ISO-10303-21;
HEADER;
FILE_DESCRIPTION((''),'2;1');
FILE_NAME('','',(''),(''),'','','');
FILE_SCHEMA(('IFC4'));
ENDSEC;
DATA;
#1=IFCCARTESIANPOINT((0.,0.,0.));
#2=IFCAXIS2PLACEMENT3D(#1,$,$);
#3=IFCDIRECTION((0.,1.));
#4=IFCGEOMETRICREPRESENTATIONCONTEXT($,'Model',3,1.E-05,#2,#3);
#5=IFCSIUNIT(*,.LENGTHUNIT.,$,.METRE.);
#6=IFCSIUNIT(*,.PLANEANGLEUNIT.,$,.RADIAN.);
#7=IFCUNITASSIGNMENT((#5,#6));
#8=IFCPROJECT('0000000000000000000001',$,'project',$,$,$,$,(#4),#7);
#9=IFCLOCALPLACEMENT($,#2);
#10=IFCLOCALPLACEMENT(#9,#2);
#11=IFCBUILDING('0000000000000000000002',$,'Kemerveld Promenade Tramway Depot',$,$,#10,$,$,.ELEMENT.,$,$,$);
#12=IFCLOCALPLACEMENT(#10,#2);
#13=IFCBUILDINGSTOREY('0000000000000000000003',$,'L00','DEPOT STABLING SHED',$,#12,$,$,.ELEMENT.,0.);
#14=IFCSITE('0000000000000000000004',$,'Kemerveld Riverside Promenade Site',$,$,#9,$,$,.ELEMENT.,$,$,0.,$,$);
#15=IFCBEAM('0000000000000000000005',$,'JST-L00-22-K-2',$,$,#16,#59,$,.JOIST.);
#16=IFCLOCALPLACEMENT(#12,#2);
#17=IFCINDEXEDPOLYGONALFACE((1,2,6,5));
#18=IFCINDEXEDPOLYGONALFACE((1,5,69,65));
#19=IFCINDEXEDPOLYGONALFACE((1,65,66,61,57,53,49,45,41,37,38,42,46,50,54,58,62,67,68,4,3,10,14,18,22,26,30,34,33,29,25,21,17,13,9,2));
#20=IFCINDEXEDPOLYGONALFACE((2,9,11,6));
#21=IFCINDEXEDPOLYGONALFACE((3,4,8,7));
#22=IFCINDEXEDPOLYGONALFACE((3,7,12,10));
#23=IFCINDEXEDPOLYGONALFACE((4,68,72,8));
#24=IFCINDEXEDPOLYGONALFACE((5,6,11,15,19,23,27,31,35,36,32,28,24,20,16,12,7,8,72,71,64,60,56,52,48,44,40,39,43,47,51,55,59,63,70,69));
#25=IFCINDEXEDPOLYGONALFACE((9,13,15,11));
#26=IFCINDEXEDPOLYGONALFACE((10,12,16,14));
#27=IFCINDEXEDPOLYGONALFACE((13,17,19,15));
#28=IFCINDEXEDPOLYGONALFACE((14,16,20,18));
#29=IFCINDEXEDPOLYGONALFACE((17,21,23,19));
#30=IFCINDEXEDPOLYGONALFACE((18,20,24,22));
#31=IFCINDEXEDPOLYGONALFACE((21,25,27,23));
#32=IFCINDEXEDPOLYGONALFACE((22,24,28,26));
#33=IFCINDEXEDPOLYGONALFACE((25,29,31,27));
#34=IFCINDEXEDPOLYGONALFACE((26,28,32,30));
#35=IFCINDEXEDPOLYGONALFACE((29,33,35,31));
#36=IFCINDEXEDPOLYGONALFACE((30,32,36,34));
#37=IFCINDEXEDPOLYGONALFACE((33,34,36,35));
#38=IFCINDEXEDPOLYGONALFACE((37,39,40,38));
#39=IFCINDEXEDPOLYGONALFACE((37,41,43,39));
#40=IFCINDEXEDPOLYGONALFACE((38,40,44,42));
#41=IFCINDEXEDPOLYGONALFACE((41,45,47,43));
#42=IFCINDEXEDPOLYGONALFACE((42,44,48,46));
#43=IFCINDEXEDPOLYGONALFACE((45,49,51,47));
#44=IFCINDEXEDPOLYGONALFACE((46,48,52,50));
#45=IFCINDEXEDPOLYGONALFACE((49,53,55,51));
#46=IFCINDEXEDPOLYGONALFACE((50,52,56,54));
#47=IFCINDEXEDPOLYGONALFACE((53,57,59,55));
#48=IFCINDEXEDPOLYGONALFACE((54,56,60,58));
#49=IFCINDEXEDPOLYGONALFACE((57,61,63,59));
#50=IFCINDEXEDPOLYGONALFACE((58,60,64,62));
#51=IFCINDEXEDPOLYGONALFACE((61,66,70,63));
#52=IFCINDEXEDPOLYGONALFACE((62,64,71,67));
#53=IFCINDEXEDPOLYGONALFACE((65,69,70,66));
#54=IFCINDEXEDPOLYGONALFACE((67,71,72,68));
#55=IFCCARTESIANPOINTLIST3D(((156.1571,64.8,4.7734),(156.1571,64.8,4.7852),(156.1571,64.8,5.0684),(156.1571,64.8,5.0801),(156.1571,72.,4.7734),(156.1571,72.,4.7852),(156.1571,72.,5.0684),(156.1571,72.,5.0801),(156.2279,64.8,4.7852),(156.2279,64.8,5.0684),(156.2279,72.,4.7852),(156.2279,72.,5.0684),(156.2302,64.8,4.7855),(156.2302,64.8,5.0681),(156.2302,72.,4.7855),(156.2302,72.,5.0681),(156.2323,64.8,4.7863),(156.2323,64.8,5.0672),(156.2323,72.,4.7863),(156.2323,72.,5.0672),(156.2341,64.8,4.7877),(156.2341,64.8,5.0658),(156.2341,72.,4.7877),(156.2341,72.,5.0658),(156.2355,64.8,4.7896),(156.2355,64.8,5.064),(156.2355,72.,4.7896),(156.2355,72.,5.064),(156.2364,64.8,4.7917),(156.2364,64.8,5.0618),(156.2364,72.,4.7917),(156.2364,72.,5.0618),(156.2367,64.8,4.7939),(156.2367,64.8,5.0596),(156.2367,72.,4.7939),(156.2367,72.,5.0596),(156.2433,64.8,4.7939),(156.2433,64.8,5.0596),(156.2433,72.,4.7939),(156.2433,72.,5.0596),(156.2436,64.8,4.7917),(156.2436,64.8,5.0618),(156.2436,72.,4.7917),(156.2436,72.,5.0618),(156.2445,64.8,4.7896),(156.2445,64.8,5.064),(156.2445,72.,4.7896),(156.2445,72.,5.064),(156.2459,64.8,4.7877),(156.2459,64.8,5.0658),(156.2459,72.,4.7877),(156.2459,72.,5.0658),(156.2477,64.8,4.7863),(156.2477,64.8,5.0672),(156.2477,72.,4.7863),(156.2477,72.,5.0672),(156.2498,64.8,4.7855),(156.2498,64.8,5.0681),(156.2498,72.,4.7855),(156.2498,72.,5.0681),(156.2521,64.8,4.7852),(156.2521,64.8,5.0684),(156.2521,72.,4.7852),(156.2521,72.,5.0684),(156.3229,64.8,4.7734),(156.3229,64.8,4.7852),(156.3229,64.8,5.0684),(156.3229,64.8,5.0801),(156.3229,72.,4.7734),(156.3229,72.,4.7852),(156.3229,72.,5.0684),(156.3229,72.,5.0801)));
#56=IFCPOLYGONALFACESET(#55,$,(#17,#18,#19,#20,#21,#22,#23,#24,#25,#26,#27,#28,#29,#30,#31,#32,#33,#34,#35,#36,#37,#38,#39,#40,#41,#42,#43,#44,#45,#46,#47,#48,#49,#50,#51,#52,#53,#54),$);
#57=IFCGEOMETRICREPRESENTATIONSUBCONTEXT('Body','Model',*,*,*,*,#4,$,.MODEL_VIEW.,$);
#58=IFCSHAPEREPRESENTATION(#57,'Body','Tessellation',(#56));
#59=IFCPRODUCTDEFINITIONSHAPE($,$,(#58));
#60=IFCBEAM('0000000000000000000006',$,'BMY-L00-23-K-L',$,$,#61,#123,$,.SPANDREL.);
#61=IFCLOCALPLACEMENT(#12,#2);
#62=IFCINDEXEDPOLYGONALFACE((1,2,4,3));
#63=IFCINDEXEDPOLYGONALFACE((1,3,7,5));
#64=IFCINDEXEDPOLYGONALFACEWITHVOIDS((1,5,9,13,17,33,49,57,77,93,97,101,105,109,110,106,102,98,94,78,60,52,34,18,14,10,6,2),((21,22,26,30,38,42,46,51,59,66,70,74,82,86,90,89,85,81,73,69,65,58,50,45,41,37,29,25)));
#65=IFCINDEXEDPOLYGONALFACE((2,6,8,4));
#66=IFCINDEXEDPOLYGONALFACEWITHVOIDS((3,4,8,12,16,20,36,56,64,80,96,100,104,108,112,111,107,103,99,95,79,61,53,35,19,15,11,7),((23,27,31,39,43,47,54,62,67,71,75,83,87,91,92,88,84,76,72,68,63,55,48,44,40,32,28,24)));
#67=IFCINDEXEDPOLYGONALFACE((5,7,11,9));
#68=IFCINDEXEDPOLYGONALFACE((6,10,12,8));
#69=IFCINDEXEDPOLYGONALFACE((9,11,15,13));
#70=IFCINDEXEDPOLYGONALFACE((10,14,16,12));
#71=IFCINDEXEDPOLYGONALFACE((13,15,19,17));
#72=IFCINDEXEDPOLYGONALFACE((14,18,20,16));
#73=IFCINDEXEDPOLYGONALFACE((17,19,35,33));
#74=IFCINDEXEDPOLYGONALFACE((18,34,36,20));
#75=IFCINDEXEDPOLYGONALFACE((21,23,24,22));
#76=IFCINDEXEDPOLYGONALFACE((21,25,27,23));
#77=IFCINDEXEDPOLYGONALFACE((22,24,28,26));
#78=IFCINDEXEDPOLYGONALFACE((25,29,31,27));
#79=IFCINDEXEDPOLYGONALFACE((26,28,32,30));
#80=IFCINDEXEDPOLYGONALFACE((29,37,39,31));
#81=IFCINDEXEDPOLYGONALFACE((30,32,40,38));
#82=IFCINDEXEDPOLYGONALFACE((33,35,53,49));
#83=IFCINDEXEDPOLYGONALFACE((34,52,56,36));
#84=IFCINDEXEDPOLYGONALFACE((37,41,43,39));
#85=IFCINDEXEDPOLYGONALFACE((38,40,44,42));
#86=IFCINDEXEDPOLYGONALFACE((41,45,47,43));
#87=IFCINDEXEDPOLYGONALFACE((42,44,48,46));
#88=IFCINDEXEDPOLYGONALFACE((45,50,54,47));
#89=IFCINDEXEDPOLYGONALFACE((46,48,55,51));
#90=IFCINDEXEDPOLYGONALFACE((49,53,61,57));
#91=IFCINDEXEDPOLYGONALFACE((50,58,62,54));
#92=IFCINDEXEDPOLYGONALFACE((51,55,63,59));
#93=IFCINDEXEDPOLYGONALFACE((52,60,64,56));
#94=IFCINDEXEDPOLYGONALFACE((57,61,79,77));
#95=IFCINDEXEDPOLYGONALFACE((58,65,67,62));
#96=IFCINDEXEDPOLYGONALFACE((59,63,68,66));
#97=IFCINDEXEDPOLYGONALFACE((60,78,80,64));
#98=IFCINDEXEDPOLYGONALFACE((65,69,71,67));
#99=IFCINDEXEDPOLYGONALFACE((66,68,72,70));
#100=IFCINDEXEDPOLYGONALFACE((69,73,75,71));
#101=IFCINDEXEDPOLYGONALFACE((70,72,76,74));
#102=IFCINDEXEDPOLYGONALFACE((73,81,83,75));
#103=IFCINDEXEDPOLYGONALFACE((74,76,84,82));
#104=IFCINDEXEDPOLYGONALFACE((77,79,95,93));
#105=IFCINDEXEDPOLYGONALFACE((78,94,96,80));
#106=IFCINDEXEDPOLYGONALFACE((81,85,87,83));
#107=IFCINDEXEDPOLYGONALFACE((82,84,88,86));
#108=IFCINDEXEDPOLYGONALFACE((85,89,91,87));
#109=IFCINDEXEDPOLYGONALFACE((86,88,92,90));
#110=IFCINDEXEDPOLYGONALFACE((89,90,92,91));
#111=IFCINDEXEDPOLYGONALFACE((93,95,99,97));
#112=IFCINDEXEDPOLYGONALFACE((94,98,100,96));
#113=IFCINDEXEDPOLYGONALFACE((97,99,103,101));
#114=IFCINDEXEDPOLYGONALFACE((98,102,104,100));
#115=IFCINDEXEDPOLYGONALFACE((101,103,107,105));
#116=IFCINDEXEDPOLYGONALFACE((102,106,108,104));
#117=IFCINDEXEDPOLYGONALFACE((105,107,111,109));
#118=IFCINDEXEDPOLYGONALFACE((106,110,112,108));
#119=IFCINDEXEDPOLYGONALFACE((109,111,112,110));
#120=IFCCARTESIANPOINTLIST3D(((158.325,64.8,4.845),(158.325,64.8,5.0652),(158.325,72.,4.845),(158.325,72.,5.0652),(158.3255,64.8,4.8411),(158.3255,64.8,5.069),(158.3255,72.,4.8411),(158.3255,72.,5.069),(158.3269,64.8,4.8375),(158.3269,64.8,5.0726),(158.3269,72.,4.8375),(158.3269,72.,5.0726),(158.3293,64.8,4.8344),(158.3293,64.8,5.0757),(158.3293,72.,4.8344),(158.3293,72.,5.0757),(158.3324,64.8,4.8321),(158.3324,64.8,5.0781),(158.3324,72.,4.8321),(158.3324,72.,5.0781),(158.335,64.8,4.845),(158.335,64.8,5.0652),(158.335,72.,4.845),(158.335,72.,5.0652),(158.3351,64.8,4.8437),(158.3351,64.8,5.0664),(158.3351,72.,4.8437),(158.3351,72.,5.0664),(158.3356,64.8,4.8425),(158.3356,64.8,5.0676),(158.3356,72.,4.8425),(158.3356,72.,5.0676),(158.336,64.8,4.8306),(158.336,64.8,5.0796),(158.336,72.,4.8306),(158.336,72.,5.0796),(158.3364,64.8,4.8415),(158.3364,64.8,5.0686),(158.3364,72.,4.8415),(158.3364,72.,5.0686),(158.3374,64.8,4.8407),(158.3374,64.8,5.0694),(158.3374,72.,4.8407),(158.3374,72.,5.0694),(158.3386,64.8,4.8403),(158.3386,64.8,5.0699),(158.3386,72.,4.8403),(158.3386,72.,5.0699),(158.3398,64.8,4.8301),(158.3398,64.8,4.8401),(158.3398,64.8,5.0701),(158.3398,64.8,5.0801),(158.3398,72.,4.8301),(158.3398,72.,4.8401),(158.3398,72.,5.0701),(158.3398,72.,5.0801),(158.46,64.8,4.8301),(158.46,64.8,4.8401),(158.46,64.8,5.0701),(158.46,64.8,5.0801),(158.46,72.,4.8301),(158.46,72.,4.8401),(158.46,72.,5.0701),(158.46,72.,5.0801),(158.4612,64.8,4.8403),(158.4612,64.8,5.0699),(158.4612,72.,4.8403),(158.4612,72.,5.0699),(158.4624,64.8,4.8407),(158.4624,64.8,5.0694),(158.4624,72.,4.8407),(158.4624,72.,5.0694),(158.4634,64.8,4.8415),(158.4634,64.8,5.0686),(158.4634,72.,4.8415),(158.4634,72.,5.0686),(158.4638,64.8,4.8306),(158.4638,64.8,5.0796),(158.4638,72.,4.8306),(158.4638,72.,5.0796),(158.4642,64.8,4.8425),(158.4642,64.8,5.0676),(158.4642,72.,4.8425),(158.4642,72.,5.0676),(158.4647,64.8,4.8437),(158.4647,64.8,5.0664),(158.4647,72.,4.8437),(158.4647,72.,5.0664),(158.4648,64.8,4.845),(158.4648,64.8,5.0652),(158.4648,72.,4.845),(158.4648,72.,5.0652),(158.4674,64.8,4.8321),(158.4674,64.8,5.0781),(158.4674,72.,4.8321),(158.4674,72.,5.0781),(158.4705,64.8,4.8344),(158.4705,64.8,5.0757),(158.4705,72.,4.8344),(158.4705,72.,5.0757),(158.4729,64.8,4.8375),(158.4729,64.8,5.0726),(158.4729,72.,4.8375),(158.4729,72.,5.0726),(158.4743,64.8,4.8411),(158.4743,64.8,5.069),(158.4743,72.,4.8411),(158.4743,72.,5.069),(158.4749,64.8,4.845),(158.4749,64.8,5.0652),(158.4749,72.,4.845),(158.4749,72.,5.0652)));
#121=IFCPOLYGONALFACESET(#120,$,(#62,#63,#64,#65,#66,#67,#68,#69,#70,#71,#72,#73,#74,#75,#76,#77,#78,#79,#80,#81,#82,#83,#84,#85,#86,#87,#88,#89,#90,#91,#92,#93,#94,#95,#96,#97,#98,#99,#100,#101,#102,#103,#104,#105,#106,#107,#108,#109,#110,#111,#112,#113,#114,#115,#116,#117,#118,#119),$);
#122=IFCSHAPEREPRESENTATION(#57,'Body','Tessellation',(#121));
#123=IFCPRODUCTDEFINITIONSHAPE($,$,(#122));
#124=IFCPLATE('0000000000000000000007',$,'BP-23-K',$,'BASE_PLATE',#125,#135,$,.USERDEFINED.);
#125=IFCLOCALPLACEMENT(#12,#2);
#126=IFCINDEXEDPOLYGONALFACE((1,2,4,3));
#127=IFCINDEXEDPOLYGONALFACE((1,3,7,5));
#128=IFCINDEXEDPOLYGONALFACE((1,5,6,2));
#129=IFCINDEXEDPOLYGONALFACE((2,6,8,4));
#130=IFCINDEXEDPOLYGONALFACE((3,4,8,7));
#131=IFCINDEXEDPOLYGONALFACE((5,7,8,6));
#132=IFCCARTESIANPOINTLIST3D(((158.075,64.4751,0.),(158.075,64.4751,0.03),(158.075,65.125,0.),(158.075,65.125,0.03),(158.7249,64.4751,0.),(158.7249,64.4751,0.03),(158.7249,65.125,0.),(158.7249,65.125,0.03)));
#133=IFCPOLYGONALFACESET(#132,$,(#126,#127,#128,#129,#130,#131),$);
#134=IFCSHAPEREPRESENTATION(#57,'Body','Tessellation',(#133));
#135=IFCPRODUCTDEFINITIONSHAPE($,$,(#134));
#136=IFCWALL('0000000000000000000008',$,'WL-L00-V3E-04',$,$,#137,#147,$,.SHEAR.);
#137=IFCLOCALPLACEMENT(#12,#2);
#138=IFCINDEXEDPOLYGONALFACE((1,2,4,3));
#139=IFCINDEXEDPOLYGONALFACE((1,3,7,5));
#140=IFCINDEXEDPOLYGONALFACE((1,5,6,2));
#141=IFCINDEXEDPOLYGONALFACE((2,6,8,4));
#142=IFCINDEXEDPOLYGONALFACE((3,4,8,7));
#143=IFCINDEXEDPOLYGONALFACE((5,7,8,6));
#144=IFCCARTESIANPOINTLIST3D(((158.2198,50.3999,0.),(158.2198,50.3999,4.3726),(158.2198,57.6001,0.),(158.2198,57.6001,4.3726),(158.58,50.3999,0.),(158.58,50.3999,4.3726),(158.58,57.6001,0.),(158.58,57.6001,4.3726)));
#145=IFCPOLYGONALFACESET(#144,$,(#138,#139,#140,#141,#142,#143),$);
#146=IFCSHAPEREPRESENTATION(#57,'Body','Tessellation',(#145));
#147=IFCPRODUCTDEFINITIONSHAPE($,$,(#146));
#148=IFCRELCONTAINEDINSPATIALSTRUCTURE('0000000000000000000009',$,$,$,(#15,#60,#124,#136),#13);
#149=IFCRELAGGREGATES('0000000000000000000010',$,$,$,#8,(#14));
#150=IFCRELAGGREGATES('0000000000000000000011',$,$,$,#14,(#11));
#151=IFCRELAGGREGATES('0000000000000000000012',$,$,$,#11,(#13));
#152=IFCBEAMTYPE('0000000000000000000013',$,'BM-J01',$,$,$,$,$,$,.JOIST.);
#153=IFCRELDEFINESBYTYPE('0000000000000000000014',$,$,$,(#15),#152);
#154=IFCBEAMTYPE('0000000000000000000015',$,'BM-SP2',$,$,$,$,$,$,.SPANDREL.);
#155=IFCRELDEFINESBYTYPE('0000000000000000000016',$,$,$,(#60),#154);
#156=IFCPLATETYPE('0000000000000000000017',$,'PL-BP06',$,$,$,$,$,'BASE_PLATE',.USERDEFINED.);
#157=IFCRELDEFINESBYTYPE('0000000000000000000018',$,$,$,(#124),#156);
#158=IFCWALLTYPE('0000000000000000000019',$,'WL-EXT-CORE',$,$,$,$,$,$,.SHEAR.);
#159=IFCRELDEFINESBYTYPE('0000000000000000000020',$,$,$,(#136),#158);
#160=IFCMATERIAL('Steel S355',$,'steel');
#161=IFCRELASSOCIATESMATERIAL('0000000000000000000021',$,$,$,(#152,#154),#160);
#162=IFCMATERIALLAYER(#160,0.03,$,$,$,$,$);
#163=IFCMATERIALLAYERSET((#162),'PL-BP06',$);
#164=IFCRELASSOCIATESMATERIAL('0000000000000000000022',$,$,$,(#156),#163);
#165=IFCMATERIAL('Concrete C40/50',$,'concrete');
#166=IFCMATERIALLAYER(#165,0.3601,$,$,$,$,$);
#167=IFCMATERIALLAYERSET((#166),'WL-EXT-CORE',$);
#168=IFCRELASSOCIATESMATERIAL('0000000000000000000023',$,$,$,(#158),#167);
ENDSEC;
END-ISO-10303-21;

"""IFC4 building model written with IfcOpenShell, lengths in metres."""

from ifc_helpers import new_model, si_unit, direction, frame, frame_2d, origin, origin_2d, place, context, subcontext, project, spatial, rectangle, hollow_rectangle, i_section, extrude, material, layer, layer_set, material_profile, profile_set, type_object, element, save


model = new_model("IFC4")

# Units and contexts
model_context = context("Model", 3, precision=1e-05, world=origin(), true_north=direction((0.0, 1.0)))
body_context = subcontext(model_context, "Body", "Model", "MODEL_VIEW")
ifc_project = project(units=[si_unit("LENGTHUNIT", "METRE"), si_unit("PLANEANGLEUNIT", "RADIAN")], contexts=[model_context])

# Site, building, storey
site_placement = place(None, origin())
site = spatial("IfcSite", under=ifc_project, at=site_placement, Name="Kemerveld Riverside Promenade Site", CompositionType="ELEMENT", RefElevation=0.0)
building_placement = place(site_placement, origin())
building = spatial("IfcBuilding", under=site, at=building_placement, Name="Kemerveld Promenade Tramway Depot", CompositionType="ELEMENT")
storey_placement = place(building_placement, origin())
storey = spatial("IfcBuildingStorey", under=building, at=storey_placement, Name="L00", Description="DEPOT STABLING SHED", CompositionType="ELEMENT", Elevation=0.0)

# Shared definitions
ifc_material_1 = material(Name="Steel S355", Category="steel")

# Beams
ifc_material_profile_1 = material_profile(ifc_material_1, i_section(OverallWidth=0.1658, OverallDepth=0.3066, WebThickness=0.0066, FlangeThickness=0.0117, FilletRadius=0.0088, at=origin_2d()), Name="305x165x46 UB")
ifc_profile_set_1 = profile_set([ifc_material_profile_1], Name="Steel S355")
beam_type_1 = type_object("IfcBeamType", Name="BM-J01", PredefinedType="JOIST", material=ifc_profile_set_1)
for number, where, z_axis, x_axis, name in (
    (1, (156.24, 64.8, 4.9268), (0.0, 1.0, 0.0), (-1.0, 0.0, 0.0), "JST-L00-22-K-2"),
):
    element("IfcBeam", number, at=place(storey_placement, frame(where, z_axis=z_axis, x_axis=x_axis)), inside=storey, type_object=beam_type_1, Name=name, PredefinedType="JOIST", context=body_context, shape_type="SweptSolid", body=[
        extrude(i_section(OverallWidth=0.1658, OverallDepth=0.3066, WebThickness=0.0066, FlangeThickness=0.0117, FilletRadius=0.0088, at=origin_2d()), origin(), (0.0, 0.0, 1.0), 7.2),
    ])
ifc_material_profile_2 = material_profile(ifc_material_1, hollow_rectangle(XDim=0.1499, YDim=0.25, WallThickness=0.01, InnerFilletRadius=0.0049, OuterFilletRadius=0.0149, at=origin_2d()), Name="250x150x10.0 RHS")
ifc_profile_set_2 = profile_set([ifc_material_profile_2], Name="Steel S355")
beam_type_2 = type_object("IfcBeamType", Name="BM-SP2", PredefinedType="SPANDREL", material=ifc_profile_set_2)
beam_1_placement = place(storey_placement, frame((158.3999, 64.8, 4.9551), z_axis=(0.0, 1.0, 0.0), x_axis=(-1.0, 0.0, 0.0)))
element("IfcBeam", 2, at=beam_1_placement, inside=storey, type_object=beam_type_2, Name="BMY-L00-23-K-L", PredefinedType="SPANDREL", context=body_context, shape_type="SweptSolid", body=[
    extrude(hollow_rectangle(XDim=0.1499, YDim=0.25, WallThickness=0.01, InnerFilletRadius=0.0049, OuterFilletRadius=0.0149, at=origin_2d()), origin(), (0.0, 0.0, 1.0), 7.2),
])

# Plate
ifc_layer_1 = layer(ifc_material_1, 0.03)
ifc_layer_set_1 = layer_set([ifc_layer_1], Name="PL-BP06")
plate_type = type_object("IfcPlateType", Name="PL-BP06", ElementType="BASE_PLATE", PredefinedType="USERDEFINED", material=ifc_layer_set_1)
plate_placement = place(storey_placement, frame((158.3999, 64.8, 0.0), z_axis=(0.0, 0.0, 1.0), x_axis=(1.0, 0.0, 0.0)))
element("IfcPlate", 3, at=plate_placement, inside=storey, type_object=plate_type, Name="BP-23-K", ObjectType="BASE_PLATE", PredefinedType="USERDEFINED", context=body_context, shape_type="SweptSolid", body=[
    extrude(rectangle(XDim=0.6499, YDim=0.6499, at=origin_2d()), origin(), (0.0, 0.0, 1.0), 0.03),
])

# Wall
ifc_material_2 = material(Name="Concrete C40/50", Category="concrete")
ifc_layer_2 = layer(ifc_material_2, 0.3601)
ifc_layer_set_2 = layer_set([ifc_layer_2], Name="WL-EXT-CORE")
wall_type_1 = type_object("IfcWallType", Name="WL-EXT-CORE", PredefinedType="SHEAR", material=ifc_layer_set_2)
wall_1_placement = place(storey_placement, frame((158.3999, 57.6001, 0.0), z_axis=(0.0, 0.0, 1.0), x_axis=(0.0, -1.0, 0.0)))
element("IfcWall", 4, at=wall_1_placement, inside=storey, type_object=wall_type_1, Name="WL-L00-V3E-04", PredefinedType="SHEAR", context=body_context, shape_type="SweptSolid", body=[
    extrude(rectangle(XDim=7.2002, YDim=0.3601, at=frame_2d((3.6001, 0.0))), origin(), (0.0, 0.0, 1.0), 4.3726),
])

save(model, "model.ifc")
